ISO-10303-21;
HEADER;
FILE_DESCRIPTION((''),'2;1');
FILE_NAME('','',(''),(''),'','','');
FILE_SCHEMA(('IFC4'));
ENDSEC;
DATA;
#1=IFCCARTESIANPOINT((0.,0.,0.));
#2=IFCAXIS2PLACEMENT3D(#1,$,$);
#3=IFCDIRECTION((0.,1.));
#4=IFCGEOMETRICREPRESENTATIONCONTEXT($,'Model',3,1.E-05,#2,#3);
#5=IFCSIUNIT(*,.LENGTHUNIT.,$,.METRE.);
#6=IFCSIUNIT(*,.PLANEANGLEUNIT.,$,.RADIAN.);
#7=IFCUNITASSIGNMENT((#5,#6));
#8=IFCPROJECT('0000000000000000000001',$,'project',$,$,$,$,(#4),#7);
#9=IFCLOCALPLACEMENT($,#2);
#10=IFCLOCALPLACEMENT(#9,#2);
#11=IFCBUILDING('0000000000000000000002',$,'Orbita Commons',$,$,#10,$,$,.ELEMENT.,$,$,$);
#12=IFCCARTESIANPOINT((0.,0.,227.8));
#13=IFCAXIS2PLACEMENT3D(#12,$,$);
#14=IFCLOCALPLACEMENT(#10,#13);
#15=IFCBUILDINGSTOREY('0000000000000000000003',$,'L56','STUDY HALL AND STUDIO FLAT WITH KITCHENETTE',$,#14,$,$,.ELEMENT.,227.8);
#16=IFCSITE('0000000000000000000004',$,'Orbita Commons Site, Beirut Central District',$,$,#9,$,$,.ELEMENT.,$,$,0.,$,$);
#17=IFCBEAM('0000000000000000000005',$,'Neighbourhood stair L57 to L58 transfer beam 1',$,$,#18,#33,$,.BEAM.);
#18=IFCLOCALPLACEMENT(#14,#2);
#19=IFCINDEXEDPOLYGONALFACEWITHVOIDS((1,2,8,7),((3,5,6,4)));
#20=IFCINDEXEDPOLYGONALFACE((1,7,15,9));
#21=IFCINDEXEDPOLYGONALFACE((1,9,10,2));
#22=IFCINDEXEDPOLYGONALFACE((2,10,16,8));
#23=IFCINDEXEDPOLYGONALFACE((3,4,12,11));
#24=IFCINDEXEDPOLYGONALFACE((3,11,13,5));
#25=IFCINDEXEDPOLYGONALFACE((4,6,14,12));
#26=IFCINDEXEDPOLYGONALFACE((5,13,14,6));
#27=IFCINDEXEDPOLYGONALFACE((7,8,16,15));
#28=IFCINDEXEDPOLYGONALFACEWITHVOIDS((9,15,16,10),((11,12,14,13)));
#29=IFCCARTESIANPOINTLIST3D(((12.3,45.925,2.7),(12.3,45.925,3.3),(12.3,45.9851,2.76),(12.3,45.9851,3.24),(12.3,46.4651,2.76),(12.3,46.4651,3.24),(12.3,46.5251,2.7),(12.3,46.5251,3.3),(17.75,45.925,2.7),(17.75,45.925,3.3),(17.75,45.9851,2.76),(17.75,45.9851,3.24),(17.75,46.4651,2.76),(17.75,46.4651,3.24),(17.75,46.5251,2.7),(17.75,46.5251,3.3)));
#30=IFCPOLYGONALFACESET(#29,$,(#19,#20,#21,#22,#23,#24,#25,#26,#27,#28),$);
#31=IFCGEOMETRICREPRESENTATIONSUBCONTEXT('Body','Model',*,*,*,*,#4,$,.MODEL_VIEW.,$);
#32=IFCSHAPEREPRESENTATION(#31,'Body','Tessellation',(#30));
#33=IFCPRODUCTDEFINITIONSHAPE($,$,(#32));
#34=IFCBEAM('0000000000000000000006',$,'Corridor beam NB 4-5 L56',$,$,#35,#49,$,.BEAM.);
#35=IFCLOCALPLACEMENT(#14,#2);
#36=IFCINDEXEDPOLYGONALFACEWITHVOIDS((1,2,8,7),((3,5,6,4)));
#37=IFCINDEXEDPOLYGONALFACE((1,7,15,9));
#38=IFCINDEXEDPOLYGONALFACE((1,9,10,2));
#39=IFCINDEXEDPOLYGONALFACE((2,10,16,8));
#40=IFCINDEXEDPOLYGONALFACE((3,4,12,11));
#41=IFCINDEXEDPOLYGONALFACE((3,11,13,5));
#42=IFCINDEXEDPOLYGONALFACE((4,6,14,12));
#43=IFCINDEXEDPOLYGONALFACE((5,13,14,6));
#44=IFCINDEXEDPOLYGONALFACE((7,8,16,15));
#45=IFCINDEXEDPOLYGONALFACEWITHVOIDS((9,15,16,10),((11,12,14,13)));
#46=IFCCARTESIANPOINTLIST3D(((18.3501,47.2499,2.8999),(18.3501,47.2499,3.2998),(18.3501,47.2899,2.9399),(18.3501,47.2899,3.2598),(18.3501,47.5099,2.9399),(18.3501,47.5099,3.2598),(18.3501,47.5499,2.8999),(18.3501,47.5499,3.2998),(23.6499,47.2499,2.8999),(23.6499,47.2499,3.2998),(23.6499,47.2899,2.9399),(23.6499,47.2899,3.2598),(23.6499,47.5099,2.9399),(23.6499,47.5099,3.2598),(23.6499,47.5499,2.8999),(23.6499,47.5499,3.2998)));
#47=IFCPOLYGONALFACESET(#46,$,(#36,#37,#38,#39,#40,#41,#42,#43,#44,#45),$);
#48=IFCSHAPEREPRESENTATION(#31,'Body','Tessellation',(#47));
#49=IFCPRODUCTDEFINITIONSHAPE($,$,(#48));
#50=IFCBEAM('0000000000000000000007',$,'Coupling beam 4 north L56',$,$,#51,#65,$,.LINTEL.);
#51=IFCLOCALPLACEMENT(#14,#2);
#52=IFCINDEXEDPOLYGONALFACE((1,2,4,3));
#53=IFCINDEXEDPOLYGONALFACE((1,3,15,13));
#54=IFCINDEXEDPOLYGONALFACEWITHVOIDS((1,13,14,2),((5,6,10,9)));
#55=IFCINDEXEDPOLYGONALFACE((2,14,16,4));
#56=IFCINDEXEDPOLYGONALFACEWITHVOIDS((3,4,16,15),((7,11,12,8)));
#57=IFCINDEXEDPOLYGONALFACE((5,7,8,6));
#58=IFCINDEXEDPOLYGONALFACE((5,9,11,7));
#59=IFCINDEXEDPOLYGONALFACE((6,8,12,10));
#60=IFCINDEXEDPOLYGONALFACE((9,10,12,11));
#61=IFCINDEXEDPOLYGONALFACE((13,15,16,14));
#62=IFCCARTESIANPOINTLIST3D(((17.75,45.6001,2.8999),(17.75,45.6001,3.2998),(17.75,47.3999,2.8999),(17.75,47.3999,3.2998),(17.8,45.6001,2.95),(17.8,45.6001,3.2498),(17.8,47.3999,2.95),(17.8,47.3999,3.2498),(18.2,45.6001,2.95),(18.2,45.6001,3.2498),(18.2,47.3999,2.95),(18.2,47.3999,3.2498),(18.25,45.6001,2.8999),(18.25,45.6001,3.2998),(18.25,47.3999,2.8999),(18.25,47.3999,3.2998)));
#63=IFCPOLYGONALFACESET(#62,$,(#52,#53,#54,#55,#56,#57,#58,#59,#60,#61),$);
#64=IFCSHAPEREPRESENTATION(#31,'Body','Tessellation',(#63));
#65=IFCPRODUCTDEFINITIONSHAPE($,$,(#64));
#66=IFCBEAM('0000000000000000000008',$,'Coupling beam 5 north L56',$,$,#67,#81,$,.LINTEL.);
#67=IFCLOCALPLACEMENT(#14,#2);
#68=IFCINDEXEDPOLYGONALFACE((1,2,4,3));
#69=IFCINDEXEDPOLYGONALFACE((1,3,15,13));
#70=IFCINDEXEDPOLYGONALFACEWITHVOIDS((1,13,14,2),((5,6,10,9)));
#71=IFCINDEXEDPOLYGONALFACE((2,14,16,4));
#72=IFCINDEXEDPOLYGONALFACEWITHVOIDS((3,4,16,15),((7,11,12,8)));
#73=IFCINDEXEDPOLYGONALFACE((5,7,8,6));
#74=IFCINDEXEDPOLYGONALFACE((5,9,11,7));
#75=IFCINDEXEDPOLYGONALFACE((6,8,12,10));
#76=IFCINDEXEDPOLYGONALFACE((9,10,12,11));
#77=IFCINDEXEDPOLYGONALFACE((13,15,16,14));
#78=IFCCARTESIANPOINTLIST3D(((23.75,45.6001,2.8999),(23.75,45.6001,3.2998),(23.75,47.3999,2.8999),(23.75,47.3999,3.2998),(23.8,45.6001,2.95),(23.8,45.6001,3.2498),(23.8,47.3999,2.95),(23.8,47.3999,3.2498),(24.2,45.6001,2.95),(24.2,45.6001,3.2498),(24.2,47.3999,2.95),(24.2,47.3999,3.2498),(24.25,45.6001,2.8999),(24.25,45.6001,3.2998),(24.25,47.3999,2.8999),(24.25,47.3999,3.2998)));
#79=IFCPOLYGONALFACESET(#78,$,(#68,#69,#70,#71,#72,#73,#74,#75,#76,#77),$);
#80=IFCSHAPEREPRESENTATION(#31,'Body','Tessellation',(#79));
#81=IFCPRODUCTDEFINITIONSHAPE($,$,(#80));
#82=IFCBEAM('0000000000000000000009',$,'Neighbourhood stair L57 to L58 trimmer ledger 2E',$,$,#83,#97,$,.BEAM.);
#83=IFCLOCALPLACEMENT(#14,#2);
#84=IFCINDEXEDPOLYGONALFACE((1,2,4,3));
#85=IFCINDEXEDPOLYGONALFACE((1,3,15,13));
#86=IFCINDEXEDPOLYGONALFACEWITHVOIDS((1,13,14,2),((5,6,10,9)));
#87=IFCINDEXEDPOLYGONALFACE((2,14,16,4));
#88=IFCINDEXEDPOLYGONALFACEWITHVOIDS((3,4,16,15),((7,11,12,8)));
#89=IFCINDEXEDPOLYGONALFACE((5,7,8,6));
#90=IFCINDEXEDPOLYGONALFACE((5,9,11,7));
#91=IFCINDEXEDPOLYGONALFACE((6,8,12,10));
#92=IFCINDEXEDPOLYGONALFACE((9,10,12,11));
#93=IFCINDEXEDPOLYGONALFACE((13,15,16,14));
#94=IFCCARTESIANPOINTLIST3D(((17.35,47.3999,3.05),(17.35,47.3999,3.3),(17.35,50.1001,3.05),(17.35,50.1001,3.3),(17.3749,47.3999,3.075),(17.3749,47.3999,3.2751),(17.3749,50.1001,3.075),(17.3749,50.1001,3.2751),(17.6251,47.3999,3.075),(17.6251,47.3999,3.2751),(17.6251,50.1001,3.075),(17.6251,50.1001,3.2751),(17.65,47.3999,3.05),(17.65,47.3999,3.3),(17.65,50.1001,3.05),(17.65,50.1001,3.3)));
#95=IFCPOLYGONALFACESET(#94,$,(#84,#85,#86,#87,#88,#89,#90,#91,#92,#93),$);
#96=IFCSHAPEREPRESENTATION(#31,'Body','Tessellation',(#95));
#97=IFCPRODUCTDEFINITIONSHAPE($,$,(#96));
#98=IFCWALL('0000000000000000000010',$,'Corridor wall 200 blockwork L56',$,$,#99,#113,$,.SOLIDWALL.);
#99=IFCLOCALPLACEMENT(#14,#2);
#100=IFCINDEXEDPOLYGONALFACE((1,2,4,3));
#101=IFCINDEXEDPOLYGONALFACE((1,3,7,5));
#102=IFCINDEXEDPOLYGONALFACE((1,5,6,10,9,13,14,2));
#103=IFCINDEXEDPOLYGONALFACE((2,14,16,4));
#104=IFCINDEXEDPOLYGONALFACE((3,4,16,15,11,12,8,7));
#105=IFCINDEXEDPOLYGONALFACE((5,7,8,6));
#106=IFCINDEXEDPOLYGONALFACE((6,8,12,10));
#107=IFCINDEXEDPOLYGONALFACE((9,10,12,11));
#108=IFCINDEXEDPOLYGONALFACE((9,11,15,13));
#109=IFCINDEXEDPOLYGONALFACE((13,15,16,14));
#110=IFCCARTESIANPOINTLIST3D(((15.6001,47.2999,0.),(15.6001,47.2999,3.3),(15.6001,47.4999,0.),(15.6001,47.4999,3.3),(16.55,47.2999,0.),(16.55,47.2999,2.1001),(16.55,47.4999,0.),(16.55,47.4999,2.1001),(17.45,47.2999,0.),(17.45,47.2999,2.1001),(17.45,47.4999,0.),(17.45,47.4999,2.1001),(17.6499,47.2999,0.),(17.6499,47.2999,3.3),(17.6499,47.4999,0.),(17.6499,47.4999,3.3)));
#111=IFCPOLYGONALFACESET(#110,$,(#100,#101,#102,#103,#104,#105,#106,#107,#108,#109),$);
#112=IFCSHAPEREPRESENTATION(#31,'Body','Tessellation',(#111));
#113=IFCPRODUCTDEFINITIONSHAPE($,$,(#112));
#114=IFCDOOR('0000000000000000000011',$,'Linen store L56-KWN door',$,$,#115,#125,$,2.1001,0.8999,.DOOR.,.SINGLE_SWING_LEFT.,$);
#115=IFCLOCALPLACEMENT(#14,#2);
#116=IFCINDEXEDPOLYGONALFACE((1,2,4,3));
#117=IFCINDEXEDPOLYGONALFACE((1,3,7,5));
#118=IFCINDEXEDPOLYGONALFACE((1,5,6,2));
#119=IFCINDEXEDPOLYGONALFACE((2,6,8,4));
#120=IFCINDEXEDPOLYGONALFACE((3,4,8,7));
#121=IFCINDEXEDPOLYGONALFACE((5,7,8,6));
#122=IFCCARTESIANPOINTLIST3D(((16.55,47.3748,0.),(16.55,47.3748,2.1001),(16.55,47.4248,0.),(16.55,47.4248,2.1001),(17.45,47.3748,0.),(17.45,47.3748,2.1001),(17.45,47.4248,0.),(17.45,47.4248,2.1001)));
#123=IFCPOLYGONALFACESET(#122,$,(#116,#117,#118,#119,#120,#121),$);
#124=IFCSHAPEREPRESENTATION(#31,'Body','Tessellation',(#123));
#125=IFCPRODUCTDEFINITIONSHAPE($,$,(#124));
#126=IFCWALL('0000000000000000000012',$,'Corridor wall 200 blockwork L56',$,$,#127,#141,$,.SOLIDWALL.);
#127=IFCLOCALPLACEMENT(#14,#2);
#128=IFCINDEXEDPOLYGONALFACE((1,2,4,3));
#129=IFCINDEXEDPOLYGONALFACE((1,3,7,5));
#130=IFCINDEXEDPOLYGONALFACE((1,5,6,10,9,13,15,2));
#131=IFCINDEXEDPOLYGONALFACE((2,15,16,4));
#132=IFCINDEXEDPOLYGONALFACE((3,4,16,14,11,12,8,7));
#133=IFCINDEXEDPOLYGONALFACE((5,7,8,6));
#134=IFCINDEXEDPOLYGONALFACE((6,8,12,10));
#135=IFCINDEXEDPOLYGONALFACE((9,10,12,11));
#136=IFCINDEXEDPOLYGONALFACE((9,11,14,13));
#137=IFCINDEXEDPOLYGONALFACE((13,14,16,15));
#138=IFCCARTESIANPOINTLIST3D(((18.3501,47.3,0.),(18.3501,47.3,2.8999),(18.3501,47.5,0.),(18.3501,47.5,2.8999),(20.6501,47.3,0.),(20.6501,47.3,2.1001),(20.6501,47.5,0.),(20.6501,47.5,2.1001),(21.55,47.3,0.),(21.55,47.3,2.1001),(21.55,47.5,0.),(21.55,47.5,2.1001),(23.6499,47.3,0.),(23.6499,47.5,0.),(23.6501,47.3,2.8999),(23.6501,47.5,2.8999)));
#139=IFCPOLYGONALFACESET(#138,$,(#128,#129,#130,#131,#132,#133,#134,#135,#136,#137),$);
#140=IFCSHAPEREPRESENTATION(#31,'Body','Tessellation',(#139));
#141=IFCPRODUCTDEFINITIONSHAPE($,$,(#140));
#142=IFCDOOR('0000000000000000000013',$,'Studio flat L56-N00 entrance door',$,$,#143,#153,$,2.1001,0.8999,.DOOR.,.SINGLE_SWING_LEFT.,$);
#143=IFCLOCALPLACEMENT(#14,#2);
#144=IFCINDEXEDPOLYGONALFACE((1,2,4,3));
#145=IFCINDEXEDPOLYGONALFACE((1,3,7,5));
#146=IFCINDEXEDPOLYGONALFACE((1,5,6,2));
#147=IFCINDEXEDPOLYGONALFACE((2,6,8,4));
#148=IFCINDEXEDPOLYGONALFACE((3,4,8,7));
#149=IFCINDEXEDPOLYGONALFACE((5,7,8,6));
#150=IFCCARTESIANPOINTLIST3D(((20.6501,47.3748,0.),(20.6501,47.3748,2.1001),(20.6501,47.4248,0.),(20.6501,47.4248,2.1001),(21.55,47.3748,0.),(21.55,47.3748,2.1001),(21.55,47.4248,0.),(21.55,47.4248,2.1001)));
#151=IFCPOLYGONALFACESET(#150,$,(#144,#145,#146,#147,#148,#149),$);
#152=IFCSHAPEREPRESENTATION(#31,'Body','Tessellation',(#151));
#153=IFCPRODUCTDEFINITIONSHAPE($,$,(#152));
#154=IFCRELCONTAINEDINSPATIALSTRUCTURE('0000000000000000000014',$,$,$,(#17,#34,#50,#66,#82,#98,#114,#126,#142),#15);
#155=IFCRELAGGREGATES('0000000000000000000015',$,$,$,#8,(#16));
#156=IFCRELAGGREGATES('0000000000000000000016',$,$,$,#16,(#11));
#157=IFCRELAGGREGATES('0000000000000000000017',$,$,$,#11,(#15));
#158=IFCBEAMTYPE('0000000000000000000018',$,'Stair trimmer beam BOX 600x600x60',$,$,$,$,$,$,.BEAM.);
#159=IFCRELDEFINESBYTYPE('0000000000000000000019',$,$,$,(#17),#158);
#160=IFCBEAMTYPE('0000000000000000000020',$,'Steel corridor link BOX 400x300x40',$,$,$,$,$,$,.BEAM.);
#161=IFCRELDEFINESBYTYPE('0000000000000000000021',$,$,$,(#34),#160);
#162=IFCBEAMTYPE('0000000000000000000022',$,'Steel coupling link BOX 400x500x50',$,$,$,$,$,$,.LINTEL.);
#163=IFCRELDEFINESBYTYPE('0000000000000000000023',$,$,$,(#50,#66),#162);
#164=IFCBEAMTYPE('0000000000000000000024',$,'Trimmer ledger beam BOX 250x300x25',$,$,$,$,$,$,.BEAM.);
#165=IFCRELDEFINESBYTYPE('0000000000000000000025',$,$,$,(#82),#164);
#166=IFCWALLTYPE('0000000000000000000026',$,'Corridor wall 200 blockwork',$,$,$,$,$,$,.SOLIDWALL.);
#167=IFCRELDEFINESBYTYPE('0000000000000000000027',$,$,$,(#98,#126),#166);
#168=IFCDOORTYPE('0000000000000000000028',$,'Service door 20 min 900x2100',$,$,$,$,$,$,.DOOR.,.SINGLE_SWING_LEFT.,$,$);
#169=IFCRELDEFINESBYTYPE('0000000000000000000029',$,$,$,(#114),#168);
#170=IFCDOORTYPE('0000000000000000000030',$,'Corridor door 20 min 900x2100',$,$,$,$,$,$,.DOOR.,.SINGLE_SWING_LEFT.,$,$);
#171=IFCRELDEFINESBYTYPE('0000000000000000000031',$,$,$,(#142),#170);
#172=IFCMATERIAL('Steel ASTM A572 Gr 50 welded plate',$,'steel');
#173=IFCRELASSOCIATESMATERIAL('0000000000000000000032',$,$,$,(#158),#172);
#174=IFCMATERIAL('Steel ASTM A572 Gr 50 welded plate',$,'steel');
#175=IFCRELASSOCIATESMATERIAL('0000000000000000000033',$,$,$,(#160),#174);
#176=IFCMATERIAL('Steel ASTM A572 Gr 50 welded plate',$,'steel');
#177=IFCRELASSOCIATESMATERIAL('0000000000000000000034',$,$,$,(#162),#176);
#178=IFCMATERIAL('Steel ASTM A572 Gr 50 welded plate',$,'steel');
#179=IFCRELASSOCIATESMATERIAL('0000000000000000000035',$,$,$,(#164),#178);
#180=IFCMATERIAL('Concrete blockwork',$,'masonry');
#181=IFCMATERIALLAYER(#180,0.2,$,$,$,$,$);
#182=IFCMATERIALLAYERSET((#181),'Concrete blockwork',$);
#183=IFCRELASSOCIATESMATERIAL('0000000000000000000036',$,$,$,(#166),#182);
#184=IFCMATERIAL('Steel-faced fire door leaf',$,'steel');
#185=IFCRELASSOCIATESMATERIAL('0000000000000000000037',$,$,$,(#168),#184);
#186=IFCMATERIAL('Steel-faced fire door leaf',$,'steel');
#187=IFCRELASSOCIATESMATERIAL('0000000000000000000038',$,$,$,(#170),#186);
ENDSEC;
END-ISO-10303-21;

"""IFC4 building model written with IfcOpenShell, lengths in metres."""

from ifc_helpers import new_model, si_unit, direction, frame, frame_2d, origin, origin_2d, place, context, subcontext, project, spatial, polyline, rectangle, hollow_rectangle, outline, extrude, material, layer, layer_set, material_profile, profile_set, type_object, element, fill, save


model = new_model("IFC4")

# Units and contexts
model_context = context("Model", 3, precision=1e-05, world=origin(), true_north=direction((0.0, 1.0)))
body_context = subcontext(model_context, "Body", "Model", "MODEL_VIEW")
ifc_project = project(units=[si_unit("LENGTHUNIT", "METRE"), si_unit("PLANEANGLEUNIT", "RADIAN")], contexts=[model_context])

# Site, building, storey
site_placement = place(None, origin())
site = spatial("IfcSite", under=ifc_project, at=site_placement, Name="Orbita Commons Site, Beirut Central District", CompositionType="ELEMENT", RefElevation=0.0)
building_placement = place(site_placement, origin())
building = spatial("IfcBuilding", under=site, at=building_placement, Name="Orbita Commons", CompositionType="ELEMENT")
storey_placement = place(building_placement, frame((0.0, 0.0, 227.8)))
storey = spatial("IfcBuildingStorey", under=building, at=storey_placement, Name="L56", Description="STUDY HALL AND STUDIO FLAT WITH KITCHENETTE", CompositionType="ELEMENT", Elevation=227.8)

# Beams
ifc_material_1 = material(Name="Steel ASTM A572 Gr 50 welded plate", Category="steel")
ifc_material_profile_1 = material_profile(ifc_material_1, hollow_rectangle(XDim=0.6001, YDim=0.6001, WallThickness=0.0601, at=origin_2d()), Name="BOX 600x600x60")
ifc_profile_set_1 = profile_set([ifc_material_profile_1], Name="Steel ASTM A572 Gr 50 welded plate")
beam_type_1 = type_object("IfcBeamType", Name="Stair trimmer beam BOX 600x600x60", PredefinedType="BEAM", material=ifc_profile_set_1)
beam_1_placement = place(storey_placement, frame((12.3, 46.2251, 3.0), z_axis=(1.0, 0.0, 0.0), x_axis=(0.0, 1.0, 0.0)))
element("IfcBeam", 1, at=beam_1_placement, inside=storey, type_object=beam_type_1, Name="Neighbourhood stair L57 to L58 transfer beam 1", PredefinedType="BEAM", context=body_context, shape_type="SweptSolid", body=[
    extrude(hollow_rectangle(XDim=0.6001, YDim=0.6001, WallThickness=0.0601, at=origin_2d()), origin(), (0.0, 0.0, 1.0), 5.45),
])
ifc_material_2 = material(Name="Steel ASTM A572 Gr 50 welded plate", Category="steel")
ifc_material_profile_2 = material_profile(ifc_material_2, hollow_rectangle(XDim=0.3, YDim=0.3999, WallThickness=0.04, at=origin_2d()), Name="BOX 400x300x40")
ifc_profile_set_2 = profile_set([ifc_material_profile_2], Name="Steel ASTM A572 Gr 50 welded plate")
beam_type_2 = type_object("IfcBeamType", Name="Steel corridor link BOX 400x300x40", PredefinedType="BEAM", material=ifc_profile_set_2)
beam_2_placement = place(storey_placement, frame((18.3501, 47.3999, 3.0999), z_axis=(1.0, 0.0, 0.0), x_axis=(0.0, 1.0, 0.0)))
element("IfcBeam", 2, at=beam_2_placement, inside=storey, type_object=beam_type_2, Name="Corridor beam NB 4-5 L56", PredefinedType="BEAM", context=body_context, shape_type="SweptSolid", body=[
    extrude(hollow_rectangle(XDim=0.3, YDim=0.3999, WallThickness=0.04, at=origin_2d()), origin(), (0.0, 0.0, 1.0), 5.2998),
])
ifc_material_3 = material(Name="Steel ASTM A572 Gr 50 welded plate", Category="steel")
ifc_material_profile_3 = material_profile(ifc_material_3, hollow_rectangle(XDim=0.5, YDim=0.3999, WallThickness=0.05, at=origin_2d()), Name="BOX 400x500x50")
ifc_profile_set_3 = profile_set([ifc_material_profile_3], Name="Steel ASTM A572 Gr 50 welded plate")
beam_type_3 = type_object("IfcBeamType", Name="Steel coupling link BOX 400x500x50", PredefinedType="LINTEL", material=ifc_profile_set_3)
for number, where, z_axis, x_axis, name in (
    (3, (18.0, 45.6001, 3.0999), (0.0, 1.0, 0.0), (-1.0, 0.0, 0.0), "Coupling beam 4 north L56"),
    (4, (24.0, 45.6001, 3.0999), (0.0, 1.0, 0.0), (-1.0, 0.0, 0.0), "Coupling beam 5 north L56"),
):
    element("IfcBeam", number, at=place(storey_placement, frame(where, z_axis=z_axis, x_axis=x_axis)), inside=storey, type_object=beam_type_3, Name=name, PredefinedType="LINTEL", context=body_context, shape_type="SweptSolid", body=[
        extrude(hollow_rectangle(XDim=0.5, YDim=0.3999, WallThickness=0.05, at=origin_2d()), origin(), (0.0, 0.0, 1.0), 1.7998),
    ])
ifc_material_4 = material(Name="Steel ASTM A572 Gr 50 welded plate", Category="steel")
ifc_material_profile_4 = material_profile(ifc_material_4, hollow_rectangle(XDim=0.3, YDim=0.25, WallThickness=0.0249, at=origin_2d()), Name="BOX 250x300x25")
ifc_profile_set_4 = profile_set([ifc_material_profile_4], Name="Steel ASTM A572 Gr 50 welded plate")
beam_type_4 = type_object("IfcBeamType", Name="Trimmer ledger beam BOX 250x300x25", PredefinedType="BEAM", material=ifc_profile_set_4)
beam_3_placement = place(storey_placement, frame((17.5, 47.3999, 3.175), z_axis=(0.0, 1.0, 0.0), x_axis=(-1.0, 0.0, 0.0)))
element("IfcBeam", 5, at=beam_3_placement, inside=storey, type_object=beam_type_4, Name="Neighbourhood stair L57 to L58 trimmer ledger 2E", PredefinedType="BEAM", context=body_context, shape_type="SweptSolid", body=[
    extrude(hollow_rectangle(XDim=0.3, YDim=0.25, WallThickness=0.0249, at=origin_2d()), origin(), (0.0, 0.0, 1.0), 2.7002),
])

# Walls, openings, doors
ifc_material_5 = material(Name="Concrete blockwork", Category="masonry")
ifc_layer_1 = layer(ifc_material_5, 0.2)
ifc_layer_set_1 = layer_set([ifc_layer_1], Name="Concrete blockwork")
wall_type_1 = type_object("IfcWallType", Name="Corridor wall 200 blockwork", PredefinedType="SOLIDWALL", material=ifc_layer_set_1)
wall_1_placement = place(storey_placement, frame((15.6001, 47.3999, 0.0), z_axis=(0.0, 0.0, 1.0), x_axis=(1.0, 0.0, 0.0)))
wall_1 = element("IfcWall", 6, at=wall_1_placement, inside=storey, type_object=wall_type_1, Name="Corridor wall 200 blockwork L56", PredefinedType="SOLIDWALL", context=body_context, shape_type="SweptSolid", body=[
    extrude(rectangle(XDim=2.0498, YDim=0.2, at=frame_2d((1.0249, 0.0))), origin(), (0.0, 0.0, 1.0), 3.3),
])
opening_1_placement = place(wall_1_placement, frame((0.95, 0.0, 0.0)))
opening_1 = element("IfcOpeningElement", 7, at=opening_1_placement, cuts=wall_1, PredefinedType="OPENING", context=body_context, shape_type="SweptSolid", body=[
    extrude(rectangle(XDim=0.8999, YDim=2.1001, at=frame_2d((0.45, 1.05))), frame((0.0, 0.1099, 0.0), z_axis=(0.0, -1.0, 0.0), x_axis=(1.0, 0.0, 0.0)), (0.0, 0.0, 1.0), 0.22),
])
ifc_material_6 = material(Name="Steel-faced fire door leaf", Category="steel")
door_type_1 = type_object("IfcDoorType", Name="Service door 20 min 900x2100", OperationType="SINGLE_SWING_LEFT", PredefinedType="DOOR", material=ifc_material_6)
door_1_placement = place(opening_1_placement, origin())
door_1 = element("IfcDoor", 8, at=door_1_placement, inside=storey, type_object=door_type_1, Name="Linen store L56-KWN door", OperationType="SINGLE_SWING_LEFT", OverallHeight=2.1001, OverallWidth=0.8999, PredefinedType="DOOR", context=body_context, shape_type="SweptSolid", body=[
    extrude(rectangle(XDim=0.8999, YDim=2.1001, at=frame_2d((0.45, 1.05))), frame((0.0, 0.0249, 0.0), z_axis=(0.0, -1.0, 0.0), x_axis=(1.0, 0.0, 0.0)), (0.0, 0.0, 1.0), 0.05),
])
fill(opening_1, door_1)
wall_2_placement = place(storey_placement, frame((18.3501, 47.3999, 0.0), z_axis=(0.0, 0.0, 1.0), x_axis=(1.0, 0.0, 0.0)))
wall_2 = element("IfcWall", 9, at=wall_2_placement, inside=storey, type_object=wall_type_1, Name="Corridor wall 200 blockwork L56", PredefinedType="SOLIDWALL", context=body_context, shape_type="SweptSolid", body=[
    extrude(outline(polyline([(0.0, 0.0), (5.2998, 0.0), (5.3, 2.8999), (0.0, 2.8999), (0.0, 0.0)])), frame((0.0, 0.1001, 0.0), z_axis=(0.0, -1.0, 0.0), x_axis=(1.0, 0.0, 0.0)), (0.0, 0.0, 1.0), 0.2),
])
opening_2_placement = place(wall_2_placement, frame((2.3, 0.0, 0.0)))
opening_2 = element("IfcOpeningElement", 10, at=opening_2_placement, cuts=wall_2, PredefinedType="OPENING", context=body_context, shape_type="SweptSolid", body=[
    extrude(rectangle(XDim=0.8999, YDim=2.1001, at=frame_2d((0.45, 1.05))), frame((0.0, 0.1099, 0.0), z_axis=(0.0, -1.0, 0.0), x_axis=(1.0, 0.0, 0.0)), (0.0, 0.0, 1.0), 0.22),
])
ifc_material_7 = material(Name="Steel-faced fire door leaf", Category="steel")
door_type_2 = type_object("IfcDoorType", Name="Corridor door 20 min 900x2100", OperationType="SINGLE_SWING_LEFT", PredefinedType="DOOR", material=ifc_material_7)
door_2_placement = place(opening_2_placement, origin())
door_2 = element("IfcDoor", 11, at=door_2_placement, inside=storey, type_object=door_type_2, Name="Studio flat L56-N00 entrance door", OperationType="SINGLE_SWING_LEFT", OverallHeight=2.1001, OverallWidth=0.8999, PredefinedType="DOOR", context=body_context, shape_type="SweptSolid", body=[
    extrude(rectangle(XDim=0.8999, YDim=2.1001, at=frame_2d((0.45, 1.05))), frame((0.0, 0.0249, 0.0), z_axis=(0.0, -1.0, 0.0), x_axis=(1.0, 0.0, 0.0)), (0.0, 0.0, 1.0), 0.05),
])
fill(opening_2, door_2)

save(model, "model.ifc")
